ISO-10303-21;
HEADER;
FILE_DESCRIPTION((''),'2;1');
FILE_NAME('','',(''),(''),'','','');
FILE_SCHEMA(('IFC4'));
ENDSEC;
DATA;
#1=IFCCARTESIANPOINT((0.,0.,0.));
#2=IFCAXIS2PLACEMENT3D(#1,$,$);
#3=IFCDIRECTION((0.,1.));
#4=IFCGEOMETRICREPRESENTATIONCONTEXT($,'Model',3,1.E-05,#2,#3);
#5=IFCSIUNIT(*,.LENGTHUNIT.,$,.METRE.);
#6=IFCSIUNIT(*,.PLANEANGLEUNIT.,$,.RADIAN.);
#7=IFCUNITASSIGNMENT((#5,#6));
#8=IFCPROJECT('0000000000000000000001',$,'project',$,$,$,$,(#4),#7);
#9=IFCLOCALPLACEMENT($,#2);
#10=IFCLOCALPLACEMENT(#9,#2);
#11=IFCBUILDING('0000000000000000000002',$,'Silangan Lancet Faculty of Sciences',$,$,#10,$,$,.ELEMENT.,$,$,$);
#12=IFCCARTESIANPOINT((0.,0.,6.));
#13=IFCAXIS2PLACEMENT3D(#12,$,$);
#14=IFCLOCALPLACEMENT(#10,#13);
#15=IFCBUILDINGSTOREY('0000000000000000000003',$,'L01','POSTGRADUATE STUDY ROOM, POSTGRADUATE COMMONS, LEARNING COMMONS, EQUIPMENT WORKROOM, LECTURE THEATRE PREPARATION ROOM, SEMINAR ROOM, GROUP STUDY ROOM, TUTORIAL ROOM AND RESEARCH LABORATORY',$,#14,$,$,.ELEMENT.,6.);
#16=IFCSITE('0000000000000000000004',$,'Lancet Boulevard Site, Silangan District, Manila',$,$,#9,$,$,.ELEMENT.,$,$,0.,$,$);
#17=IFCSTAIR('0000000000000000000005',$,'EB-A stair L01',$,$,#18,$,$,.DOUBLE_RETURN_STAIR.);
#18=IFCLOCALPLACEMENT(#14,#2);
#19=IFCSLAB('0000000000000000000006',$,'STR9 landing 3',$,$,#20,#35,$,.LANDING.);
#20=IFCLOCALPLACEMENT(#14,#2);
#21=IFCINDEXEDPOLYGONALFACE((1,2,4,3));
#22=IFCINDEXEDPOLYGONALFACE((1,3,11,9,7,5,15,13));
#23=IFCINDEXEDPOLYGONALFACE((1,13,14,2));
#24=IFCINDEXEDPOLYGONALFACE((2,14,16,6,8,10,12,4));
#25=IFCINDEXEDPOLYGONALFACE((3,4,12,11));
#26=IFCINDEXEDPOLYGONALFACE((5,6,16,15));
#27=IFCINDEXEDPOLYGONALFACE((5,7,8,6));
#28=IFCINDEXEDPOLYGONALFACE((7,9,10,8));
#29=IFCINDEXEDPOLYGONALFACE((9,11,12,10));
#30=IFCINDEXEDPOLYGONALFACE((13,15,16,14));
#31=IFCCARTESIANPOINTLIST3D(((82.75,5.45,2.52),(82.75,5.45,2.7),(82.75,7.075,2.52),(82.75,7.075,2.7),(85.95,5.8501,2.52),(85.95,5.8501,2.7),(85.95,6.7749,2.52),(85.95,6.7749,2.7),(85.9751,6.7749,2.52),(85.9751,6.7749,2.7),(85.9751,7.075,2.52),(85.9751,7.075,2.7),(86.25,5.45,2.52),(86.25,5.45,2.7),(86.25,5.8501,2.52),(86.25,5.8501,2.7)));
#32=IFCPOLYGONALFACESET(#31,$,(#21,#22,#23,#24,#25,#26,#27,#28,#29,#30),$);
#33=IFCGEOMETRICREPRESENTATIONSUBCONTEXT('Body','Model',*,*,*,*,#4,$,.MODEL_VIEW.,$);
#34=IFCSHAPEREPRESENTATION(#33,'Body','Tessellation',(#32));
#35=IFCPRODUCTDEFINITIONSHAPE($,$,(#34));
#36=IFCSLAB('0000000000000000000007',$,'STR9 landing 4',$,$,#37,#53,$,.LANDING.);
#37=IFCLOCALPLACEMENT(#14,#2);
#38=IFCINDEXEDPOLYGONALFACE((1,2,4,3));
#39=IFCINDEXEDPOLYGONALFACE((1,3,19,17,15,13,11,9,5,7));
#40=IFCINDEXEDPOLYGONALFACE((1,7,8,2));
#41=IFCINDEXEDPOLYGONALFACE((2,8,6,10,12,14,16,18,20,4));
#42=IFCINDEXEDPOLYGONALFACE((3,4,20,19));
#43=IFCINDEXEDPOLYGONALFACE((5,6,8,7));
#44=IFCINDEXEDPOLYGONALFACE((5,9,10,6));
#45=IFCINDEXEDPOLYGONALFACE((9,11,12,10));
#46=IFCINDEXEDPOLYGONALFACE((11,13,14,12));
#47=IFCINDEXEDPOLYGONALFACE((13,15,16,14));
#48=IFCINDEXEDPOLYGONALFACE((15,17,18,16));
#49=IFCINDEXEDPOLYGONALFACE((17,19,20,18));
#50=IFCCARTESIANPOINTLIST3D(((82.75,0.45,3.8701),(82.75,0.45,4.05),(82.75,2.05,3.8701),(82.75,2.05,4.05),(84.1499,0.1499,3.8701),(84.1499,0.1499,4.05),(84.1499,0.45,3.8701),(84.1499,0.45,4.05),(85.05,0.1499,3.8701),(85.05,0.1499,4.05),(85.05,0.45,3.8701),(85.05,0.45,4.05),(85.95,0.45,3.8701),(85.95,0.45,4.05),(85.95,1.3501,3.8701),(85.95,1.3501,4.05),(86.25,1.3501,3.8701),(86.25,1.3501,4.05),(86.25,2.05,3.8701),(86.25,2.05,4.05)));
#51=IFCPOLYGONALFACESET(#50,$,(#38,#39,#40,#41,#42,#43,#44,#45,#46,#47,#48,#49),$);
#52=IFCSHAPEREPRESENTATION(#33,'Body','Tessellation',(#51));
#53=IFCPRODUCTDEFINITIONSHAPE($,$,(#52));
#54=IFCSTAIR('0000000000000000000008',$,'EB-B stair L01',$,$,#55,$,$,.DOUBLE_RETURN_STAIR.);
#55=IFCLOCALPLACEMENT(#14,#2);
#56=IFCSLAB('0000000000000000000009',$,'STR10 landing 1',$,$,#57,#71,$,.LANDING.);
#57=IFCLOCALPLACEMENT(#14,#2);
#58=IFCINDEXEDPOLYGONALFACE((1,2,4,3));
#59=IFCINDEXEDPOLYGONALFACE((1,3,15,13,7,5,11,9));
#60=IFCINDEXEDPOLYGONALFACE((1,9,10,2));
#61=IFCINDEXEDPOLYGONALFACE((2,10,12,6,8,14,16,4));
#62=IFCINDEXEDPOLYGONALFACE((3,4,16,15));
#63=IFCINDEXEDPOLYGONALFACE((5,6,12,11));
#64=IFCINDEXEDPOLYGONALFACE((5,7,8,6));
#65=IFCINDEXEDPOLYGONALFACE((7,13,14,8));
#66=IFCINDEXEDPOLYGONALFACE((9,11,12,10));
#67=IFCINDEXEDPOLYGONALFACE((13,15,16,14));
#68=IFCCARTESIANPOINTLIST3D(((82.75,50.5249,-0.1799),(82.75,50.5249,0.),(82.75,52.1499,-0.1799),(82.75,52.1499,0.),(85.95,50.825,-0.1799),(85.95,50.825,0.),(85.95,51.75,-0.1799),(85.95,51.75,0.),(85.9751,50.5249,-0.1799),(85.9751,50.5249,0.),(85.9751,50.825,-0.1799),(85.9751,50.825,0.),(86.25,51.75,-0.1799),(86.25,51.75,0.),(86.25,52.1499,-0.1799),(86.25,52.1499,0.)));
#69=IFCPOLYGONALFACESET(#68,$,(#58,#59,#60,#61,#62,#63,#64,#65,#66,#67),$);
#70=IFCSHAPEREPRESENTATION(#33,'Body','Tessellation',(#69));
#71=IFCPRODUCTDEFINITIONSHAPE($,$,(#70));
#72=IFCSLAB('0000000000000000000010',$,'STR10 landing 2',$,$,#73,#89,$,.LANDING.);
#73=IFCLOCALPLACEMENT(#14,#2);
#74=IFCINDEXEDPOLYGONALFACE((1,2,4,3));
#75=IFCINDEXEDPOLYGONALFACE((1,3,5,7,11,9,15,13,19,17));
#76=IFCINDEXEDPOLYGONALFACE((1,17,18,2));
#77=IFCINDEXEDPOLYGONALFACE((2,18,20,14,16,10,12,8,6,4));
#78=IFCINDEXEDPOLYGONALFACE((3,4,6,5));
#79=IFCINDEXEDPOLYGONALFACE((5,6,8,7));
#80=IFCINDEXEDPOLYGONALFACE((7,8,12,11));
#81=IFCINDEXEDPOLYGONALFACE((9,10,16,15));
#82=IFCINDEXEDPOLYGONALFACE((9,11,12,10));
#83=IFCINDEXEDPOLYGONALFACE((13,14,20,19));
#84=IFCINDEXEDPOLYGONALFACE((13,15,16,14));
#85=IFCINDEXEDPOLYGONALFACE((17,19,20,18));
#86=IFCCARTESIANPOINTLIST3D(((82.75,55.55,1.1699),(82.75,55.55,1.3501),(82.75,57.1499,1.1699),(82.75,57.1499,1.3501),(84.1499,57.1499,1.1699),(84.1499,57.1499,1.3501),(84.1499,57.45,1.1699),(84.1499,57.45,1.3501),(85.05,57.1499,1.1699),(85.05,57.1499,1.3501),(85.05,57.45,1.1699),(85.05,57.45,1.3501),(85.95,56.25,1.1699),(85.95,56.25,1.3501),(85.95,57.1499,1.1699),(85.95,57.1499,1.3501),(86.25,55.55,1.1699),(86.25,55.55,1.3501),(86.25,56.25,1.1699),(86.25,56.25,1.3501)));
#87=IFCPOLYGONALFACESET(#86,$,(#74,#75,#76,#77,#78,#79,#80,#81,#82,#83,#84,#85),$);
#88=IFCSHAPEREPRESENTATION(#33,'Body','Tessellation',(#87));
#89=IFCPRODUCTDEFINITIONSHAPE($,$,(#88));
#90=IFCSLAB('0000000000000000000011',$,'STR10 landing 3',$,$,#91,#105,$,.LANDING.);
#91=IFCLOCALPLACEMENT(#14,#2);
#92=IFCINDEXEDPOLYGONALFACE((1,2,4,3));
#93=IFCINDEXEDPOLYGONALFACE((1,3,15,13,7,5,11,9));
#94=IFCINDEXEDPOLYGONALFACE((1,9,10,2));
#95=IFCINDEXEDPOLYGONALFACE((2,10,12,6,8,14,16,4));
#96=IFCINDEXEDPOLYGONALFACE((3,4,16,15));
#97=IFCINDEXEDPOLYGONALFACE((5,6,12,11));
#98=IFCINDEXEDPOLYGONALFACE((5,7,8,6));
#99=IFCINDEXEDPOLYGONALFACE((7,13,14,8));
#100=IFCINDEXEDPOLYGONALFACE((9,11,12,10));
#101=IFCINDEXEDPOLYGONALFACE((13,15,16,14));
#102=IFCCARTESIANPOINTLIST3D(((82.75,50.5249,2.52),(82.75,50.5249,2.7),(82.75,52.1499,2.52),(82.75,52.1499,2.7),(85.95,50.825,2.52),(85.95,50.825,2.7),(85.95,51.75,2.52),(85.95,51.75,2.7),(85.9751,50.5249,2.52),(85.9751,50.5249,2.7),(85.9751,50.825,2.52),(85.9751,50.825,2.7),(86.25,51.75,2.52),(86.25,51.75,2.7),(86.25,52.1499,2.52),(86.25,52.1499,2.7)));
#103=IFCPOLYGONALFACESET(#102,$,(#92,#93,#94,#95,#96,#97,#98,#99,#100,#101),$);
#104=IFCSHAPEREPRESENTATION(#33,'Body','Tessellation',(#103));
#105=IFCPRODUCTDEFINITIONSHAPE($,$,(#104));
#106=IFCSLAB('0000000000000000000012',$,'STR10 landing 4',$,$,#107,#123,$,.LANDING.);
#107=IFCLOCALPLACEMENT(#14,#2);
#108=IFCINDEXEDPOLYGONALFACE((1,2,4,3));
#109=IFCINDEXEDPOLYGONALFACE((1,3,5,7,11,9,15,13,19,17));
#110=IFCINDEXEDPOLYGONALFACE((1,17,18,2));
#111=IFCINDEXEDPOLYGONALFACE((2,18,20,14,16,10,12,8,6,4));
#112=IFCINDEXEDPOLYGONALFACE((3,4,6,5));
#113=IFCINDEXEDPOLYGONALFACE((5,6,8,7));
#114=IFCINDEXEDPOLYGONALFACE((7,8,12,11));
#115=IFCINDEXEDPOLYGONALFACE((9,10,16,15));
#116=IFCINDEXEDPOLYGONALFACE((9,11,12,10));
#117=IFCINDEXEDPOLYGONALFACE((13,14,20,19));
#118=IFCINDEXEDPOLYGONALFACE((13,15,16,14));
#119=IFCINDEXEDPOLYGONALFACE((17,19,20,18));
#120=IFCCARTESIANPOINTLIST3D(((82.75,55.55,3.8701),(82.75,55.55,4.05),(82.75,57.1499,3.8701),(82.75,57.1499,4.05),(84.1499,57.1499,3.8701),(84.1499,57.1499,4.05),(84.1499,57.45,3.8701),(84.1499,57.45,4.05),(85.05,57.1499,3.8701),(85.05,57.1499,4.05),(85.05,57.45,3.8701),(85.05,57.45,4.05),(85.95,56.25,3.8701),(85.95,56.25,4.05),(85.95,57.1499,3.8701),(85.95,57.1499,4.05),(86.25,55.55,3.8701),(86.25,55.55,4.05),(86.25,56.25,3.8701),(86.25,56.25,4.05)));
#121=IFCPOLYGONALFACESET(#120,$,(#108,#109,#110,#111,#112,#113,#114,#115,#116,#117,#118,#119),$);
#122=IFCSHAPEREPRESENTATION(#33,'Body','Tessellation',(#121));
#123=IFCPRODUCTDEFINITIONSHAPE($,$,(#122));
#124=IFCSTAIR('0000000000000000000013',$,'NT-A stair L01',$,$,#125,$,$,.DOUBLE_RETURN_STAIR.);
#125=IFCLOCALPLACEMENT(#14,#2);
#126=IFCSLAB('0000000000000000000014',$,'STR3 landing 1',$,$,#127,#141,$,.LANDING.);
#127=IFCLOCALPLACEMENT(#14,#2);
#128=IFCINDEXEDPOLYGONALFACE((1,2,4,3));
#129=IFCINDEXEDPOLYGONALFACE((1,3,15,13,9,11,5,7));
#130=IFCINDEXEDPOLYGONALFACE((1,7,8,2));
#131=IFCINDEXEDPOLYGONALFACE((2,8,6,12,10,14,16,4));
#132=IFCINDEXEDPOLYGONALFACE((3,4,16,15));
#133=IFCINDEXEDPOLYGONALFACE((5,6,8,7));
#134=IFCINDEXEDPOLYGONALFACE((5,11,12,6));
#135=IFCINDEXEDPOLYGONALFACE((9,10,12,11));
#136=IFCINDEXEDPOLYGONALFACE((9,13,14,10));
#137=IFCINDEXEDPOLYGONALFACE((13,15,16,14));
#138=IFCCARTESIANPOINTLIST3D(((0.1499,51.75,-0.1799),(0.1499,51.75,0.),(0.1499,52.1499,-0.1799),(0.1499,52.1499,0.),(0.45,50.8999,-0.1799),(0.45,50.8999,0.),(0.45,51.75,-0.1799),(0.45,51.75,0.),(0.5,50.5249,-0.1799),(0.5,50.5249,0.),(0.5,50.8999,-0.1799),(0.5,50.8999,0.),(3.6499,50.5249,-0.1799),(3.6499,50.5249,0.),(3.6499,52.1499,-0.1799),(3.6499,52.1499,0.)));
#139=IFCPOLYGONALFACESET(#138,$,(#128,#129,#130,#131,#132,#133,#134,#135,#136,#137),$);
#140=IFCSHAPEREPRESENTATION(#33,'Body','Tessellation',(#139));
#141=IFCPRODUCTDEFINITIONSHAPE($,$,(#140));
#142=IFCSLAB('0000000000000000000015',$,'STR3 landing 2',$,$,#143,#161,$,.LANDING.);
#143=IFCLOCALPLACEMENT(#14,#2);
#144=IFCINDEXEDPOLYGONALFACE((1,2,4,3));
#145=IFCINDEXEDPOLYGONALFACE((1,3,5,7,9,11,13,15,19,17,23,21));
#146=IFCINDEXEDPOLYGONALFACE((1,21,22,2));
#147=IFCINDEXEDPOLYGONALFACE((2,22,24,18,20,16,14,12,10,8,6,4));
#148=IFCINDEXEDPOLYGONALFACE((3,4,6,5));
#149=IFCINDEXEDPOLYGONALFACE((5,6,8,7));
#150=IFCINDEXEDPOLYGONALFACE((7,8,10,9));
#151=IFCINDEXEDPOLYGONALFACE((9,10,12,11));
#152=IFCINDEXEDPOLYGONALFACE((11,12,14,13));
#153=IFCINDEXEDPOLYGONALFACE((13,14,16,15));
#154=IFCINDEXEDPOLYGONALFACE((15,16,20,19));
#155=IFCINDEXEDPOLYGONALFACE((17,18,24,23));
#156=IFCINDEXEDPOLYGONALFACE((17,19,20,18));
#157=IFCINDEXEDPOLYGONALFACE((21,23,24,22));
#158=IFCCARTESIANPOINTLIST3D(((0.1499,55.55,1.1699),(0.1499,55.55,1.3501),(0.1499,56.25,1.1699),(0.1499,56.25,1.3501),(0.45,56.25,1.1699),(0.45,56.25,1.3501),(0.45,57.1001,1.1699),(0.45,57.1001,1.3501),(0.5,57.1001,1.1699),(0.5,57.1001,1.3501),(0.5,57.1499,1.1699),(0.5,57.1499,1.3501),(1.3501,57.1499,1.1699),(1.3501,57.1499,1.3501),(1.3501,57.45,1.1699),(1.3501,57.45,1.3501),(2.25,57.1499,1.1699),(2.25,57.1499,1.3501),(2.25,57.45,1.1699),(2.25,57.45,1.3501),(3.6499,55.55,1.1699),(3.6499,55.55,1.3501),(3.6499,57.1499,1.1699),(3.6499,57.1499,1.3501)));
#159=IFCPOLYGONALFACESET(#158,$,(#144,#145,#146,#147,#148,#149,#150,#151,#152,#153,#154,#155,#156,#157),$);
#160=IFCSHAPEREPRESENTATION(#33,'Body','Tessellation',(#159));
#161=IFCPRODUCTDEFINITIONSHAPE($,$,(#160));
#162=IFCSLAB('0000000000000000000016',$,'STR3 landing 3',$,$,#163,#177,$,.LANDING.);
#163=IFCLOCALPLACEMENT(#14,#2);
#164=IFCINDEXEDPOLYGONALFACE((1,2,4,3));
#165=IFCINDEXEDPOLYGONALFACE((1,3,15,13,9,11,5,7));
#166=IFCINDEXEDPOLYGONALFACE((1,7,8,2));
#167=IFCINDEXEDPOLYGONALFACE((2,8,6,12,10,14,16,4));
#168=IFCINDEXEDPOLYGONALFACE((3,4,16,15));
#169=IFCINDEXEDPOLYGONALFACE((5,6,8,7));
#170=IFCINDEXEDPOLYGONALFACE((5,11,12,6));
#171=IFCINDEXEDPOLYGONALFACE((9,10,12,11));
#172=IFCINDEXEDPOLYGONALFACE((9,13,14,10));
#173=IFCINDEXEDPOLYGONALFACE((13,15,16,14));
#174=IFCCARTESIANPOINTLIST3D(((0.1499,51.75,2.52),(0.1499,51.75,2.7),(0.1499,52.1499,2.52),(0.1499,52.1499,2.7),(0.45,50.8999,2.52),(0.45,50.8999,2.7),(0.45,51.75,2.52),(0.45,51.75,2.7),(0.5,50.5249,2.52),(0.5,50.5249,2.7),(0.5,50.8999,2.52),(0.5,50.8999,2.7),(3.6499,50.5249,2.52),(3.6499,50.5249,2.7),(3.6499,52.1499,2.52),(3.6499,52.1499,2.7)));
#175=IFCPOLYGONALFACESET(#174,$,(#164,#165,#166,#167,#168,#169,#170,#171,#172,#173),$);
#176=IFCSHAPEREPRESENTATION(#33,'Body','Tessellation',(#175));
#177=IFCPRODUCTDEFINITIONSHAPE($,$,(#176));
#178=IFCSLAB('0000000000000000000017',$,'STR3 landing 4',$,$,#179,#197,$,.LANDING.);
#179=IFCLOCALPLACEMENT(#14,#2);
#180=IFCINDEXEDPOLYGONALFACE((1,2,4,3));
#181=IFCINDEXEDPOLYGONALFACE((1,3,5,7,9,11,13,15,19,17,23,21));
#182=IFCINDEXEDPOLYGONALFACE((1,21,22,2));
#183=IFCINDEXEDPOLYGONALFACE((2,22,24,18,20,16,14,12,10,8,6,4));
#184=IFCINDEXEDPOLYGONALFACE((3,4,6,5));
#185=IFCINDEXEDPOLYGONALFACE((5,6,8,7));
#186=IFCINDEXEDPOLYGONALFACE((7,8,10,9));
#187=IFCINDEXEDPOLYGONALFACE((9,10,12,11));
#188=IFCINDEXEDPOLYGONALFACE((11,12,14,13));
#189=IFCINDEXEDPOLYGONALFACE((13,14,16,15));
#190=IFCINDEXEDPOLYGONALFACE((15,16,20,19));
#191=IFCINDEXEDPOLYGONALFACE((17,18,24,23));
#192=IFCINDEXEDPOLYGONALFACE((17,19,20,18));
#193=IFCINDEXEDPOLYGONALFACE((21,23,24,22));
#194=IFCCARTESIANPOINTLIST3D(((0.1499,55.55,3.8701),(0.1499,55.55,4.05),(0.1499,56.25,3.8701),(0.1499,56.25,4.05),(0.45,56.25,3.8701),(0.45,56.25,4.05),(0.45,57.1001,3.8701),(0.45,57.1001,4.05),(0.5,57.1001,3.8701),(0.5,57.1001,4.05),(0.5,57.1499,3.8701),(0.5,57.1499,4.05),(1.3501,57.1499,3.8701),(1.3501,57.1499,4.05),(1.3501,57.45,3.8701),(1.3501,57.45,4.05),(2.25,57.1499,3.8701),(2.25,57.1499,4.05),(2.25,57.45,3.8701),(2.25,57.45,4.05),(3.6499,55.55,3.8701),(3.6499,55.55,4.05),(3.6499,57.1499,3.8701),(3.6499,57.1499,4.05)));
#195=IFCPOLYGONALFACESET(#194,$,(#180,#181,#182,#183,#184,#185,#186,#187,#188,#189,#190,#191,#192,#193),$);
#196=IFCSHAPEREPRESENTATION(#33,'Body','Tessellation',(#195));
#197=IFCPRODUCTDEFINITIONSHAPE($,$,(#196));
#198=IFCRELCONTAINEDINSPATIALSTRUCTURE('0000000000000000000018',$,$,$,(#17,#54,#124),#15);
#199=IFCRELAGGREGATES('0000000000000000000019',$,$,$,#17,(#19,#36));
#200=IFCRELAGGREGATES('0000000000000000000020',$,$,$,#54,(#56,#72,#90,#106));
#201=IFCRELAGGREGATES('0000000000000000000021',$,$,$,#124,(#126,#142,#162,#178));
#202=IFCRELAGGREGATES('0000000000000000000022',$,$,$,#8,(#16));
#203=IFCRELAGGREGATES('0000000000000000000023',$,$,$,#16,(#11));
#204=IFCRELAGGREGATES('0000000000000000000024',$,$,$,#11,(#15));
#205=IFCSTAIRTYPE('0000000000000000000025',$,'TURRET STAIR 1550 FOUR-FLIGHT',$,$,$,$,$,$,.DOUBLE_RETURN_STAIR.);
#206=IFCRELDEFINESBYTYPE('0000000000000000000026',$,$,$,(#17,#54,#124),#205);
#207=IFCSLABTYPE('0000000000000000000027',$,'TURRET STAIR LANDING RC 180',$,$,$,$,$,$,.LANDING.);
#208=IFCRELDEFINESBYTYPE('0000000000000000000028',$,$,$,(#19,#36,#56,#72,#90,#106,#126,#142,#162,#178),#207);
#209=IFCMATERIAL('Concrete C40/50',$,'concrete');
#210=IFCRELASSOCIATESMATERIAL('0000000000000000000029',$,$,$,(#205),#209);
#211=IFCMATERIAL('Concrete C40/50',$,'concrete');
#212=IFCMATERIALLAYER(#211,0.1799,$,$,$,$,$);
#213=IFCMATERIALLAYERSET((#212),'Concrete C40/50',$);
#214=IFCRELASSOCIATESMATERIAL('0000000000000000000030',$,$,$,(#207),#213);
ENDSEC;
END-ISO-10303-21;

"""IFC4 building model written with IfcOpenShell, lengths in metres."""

from ifc_helpers import new_model, si_unit, direction, frame, origin, place, context, subcontext, project, spatial, polyline, outline, extrude, material, layer, layer_set, type_object, element, aggregate, save


model = new_model("IFC4")

# Units and contexts
model_context = context("Model", 3, precision=1e-05, world=origin(), true_north=direction((0.0, 1.0)))
body_context = subcontext(model_context, "Body", "Model", "MODEL_VIEW")
ifc_project = project(units=[si_unit("LENGTHUNIT", "METRE"), si_unit("PLANEANGLEUNIT", "RADIAN")], contexts=[model_context])

# Site, building, storey
site_placement = place(None, origin())
site = spatial("IfcSite", under=ifc_project, at=site_placement, Name="Lancet Boulevard Site, Silangan District, Manila", CompositionType="ELEMENT", RefElevation=0.0)
building_placement = place(site_placement, origin())
building = spatial("IfcBuilding", under=site, at=building_placement, Name="Silangan Lancet Faculty of Sciences", CompositionType="ELEMENT")
storey_placement = place(building_placement, frame((0.0, 0.0, 6.0)))
storey = spatial("IfcBuildingStorey", under=building, at=storey_placement, Name="L01", Description="POSTGRADUATE STUDY ROOM, POSTGRADUATE COMMONS, LEARNING COMMONS, EQUIPMENT WORKROOM, LECTURE THEATRE PREPARATION ROOM, SEMINAR ROOM, GROUP STUDY ROOM, TUTORIAL ROOM AND RESEARCH LABORATORY", CompositionType="ELEMENT", Elevation=6.0)

# Stairs, slabs
ifc_material_1 = material(Name="Concrete C40/50", Category="concrete")
stair_type = type_object("IfcStairType", Name="TURRET STAIR 1550 FOUR-FLIGHT", PredefinedType="DOUBLE_RETURN_STAIR", material=ifc_material_1)
stair_1_placement = place(storey_placement, origin())
stair_1 = element("IfcStair", 1, at=stair_1_placement, inside=storey, type_object=stair_type, Name="EB-A stair L01", PredefinedType="DOUBLE_RETURN_STAIR")
ifc_material_2 = material(Name="Concrete C40/50", Category="concrete")
ifc_layer_1 = layer(ifc_material_2, 0.1799)
ifc_layer_set_1 = layer_set([ifc_layer_1], Name="Concrete C40/50")
slab_type_1 = type_object("IfcSlabType", Name="TURRET STAIR LANDING RC 180", PredefinedType="LANDING", material=ifc_layer_set_1)
slab_1_placement = place(storey_placement, frame((0.0, 0.0, 2.52)))
slab_1 = element("IfcSlab", 2, at=slab_1_placement, type_object=slab_type_1, Name="STR9 landing 3", PredefinedType="LANDING", context=body_context, shape_type="SweptSolid", body=[
    extrude(outline(polyline([(85.95, 6.7749), (85.95, 5.8501), (86.25, 5.8501), (86.25, 5.45), (82.75, 5.45), (82.75, 7.075), (85.9751, 7.075), (85.9751, 6.7749), (85.95, 6.7749)])), origin(), (0.0, 0.0, 1.0), 0.1799),
])
slab_2_placement = place(storey_placement, frame((0.0, 0.0, 3.8701)))
slab_2 = element("IfcSlab", 3, at=slab_2_placement, type_object=slab_type_1, Name="STR9 landing 4", PredefinedType="LANDING", context=body_context, shape_type="SweptSolid", body=[
    extrude(outline(polyline([(84.1499, 0.1499), (84.1499, 0.45), (82.75, 0.45), (82.75, 2.05), (86.25, 2.05), (86.25, 1.3501), (85.95, 1.3501), (85.95, 0.45), (85.05, 0.45), (85.05, 0.1499), (84.1499, 0.1499)])), origin(), (0.0, 0.0, 1.0), 0.1799),
])
aggregate(stair_1, [slab_1, slab_2])
stair_2_placement = place(storey_placement, origin())
stair_2 = element("IfcStair", 4, at=stair_2_placement, inside=storey, type_object=stair_type, Name="EB-B stair L01", PredefinedType="DOUBLE_RETURN_STAIR")
slab_3_placement = place(storey_placement, frame((0.0, 0.0, -0.1799)))
slab_3 = element("IfcSlab", 5, at=slab_3_placement, type_object=slab_type_1, Name="STR10 landing 1", PredefinedType="LANDING", context=body_context, shape_type="SweptSolid", body=[
    extrude(outline(polyline([(85.95, 50.825), (85.9751, 50.825), (85.9751, 50.5249), (82.75, 50.5249), (82.75, 52.1499), (86.25, 52.1499), (86.25, 51.75), (85.95, 51.75), (85.95, 50.825)])), origin(), (0.0, 0.0, 1.0), 0.1799),
])
slab_4_placement = place(storey_placement, frame((0.0, 0.0, 1.1699)))
slab_4 = element("IfcSlab", 6, at=slab_4_placement, type_object=slab_type_1, Name="STR10 landing 2", PredefinedType="LANDING", context=body_context, shape_type="SweptSolid", body=[
    extrude(outline(polyline([(84.1499, 57.45), (85.05, 57.45), (85.05, 57.1499), (85.95, 57.1499), (85.95, 56.25), (86.25, 56.25), (86.25, 55.55), (82.75, 55.55), (82.75, 57.1499), (84.1499, 57.1499), (84.1499, 57.45)])), origin(), (0.0, 0.0, 1.0), 0.1802),
])
slab_5_placement = place(storey_placement, frame((0.0, 0.0, 2.52)))
slab_5 = element("IfcSlab", 7, at=slab_5_placement, type_object=slab_type_1, Name="STR10 landing 3", PredefinedType="LANDING", context=body_context, shape_type="SweptSolid", body=[
    extrude(outline(polyline([(85.95, 50.825), (85.9751, 50.825), (85.9751, 50.5249), (82.75, 50.5249), (82.75, 52.1499), (86.25, 52.1499), (86.25, 51.75), (85.95, 51.75), (85.95, 50.825)])), origin(), (0.0, 0.0, 1.0), 0.1799),
])
slab_6_placement = place(storey_placement, frame((0.0, 0.0, 3.8701)))
slab_6 = element("IfcSlab", 8, at=slab_6_placement, type_object=slab_type_1, Name="STR10 landing 4", PredefinedType="LANDING", context=body_context, shape_type="SweptSolid", body=[
    extrude(outline(polyline([(84.1499, 57.45), (85.05, 57.45), (85.05, 57.1499), (85.95, 57.1499), (85.95, 56.25), (86.25, 56.25), (86.25, 55.55), (82.75, 55.55), (82.75, 57.1499), (84.1499, 57.1499), (84.1499, 57.45)])), origin(), (0.0, 0.0, 1.0), 0.1799),
])
aggregate(stair_2, [slab_3, slab_4, slab_5, slab_6])
stair_3_placement = place(storey_placement, origin())
stair_3 = element("IfcStair", 9, at=stair_3_placement, inside=storey, type_object=stair_type, Name="NT-A stair L01", PredefinedType="DOUBLE_RETURN_STAIR")
slab_7_placement = place(storey_placement, frame((0.0, 0.0, -0.1799)))
slab_7 = element("IfcSlab", 10, at=slab_7_placement, type_object=slab_type_1, Name="STR3 landing 1", PredefinedType="LANDING", context=body_context, shape_type="SweptSolid", body=[
    extrude(outline(polyline([(3.6499, 52.1499), (3.6499, 50.5249), (0.5, 50.5249), (0.5, 50.8999), (0.45, 50.8999), (0.45, 51.75), (0.1499, 51.75), (0.1499, 52.1499), (3.6499, 52.1499)])), origin(), (0.0, 0.0, 1.0), 0.1799),
])
slab_8_placement = place(storey_placement, frame((0.0, 0.0, 1.1699)))
slab_8 = element("IfcSlab", 11, at=slab_8_placement, type_object=slab_type_1, Name="STR3 landing 2", PredefinedType="LANDING", context=body_context, shape_type="SweptSolid", body=[
    extrude(outline(polyline([(0.1499, 56.25), (0.45, 56.25), (0.45, 57.1001), (0.5, 57.1001), (0.5, 57.1499), (1.3501, 57.1499), (1.3501, 57.45), (2.25, 57.45), (2.25, 57.1499), (3.6499, 57.1499), (3.6499, 55.55), (0.1499, 55.55), (0.1499, 56.25)])), origin(), (0.0, 0.0, 1.0), 0.1802),
])
slab_9_placement = place(storey_placement, frame((0.0, 0.0, 2.52)))
slab_9 = element("IfcSlab", 12, at=slab_9_placement, type_object=slab_type_1, Name="STR3 landing 3", PredefinedType="LANDING", context=body_context, shape_type="SweptSolid", body=[
    extrude(outline(polyline([(3.6499, 52.1499), (3.6499, 50.5249), (0.5, 50.5249), (0.5, 50.8999), (0.45, 50.8999), (0.45, 51.75), (0.1499, 51.75), (0.1499, 52.1499), (3.6499, 52.1499)])), origin(), (0.0, 0.0, 1.0), 0.1799),
])
slab_10_placement = place(storey_placement, frame((0.0, 0.0, 3.8701)))
slab_10 = element("IfcSlab", 13, at=slab_10_placement, type_object=slab_type_1, Name="STR3 landing 4", PredefinedType="LANDING", context=body_context, shape_type="SweptSolid", body=[
    extrude(outline(polyline([(0.1499, 56.25), (0.45, 56.25), (0.45, 57.1001), (0.5, 57.1001), (0.5, 57.1499), (1.3501, 57.1499), (1.3501, 57.45), (2.25, 57.45), (2.25, 57.1499), (3.6499, 57.1499), (3.6499, 55.55), (0.1499, 55.55), (0.1499, 56.25)])), origin(), (0.0, 0.0, 1.0), 0.1799),
])
aggregate(stair_3, [slab_7, slab_8, slab_9, slab_10])

save(model, "model.ifc")
